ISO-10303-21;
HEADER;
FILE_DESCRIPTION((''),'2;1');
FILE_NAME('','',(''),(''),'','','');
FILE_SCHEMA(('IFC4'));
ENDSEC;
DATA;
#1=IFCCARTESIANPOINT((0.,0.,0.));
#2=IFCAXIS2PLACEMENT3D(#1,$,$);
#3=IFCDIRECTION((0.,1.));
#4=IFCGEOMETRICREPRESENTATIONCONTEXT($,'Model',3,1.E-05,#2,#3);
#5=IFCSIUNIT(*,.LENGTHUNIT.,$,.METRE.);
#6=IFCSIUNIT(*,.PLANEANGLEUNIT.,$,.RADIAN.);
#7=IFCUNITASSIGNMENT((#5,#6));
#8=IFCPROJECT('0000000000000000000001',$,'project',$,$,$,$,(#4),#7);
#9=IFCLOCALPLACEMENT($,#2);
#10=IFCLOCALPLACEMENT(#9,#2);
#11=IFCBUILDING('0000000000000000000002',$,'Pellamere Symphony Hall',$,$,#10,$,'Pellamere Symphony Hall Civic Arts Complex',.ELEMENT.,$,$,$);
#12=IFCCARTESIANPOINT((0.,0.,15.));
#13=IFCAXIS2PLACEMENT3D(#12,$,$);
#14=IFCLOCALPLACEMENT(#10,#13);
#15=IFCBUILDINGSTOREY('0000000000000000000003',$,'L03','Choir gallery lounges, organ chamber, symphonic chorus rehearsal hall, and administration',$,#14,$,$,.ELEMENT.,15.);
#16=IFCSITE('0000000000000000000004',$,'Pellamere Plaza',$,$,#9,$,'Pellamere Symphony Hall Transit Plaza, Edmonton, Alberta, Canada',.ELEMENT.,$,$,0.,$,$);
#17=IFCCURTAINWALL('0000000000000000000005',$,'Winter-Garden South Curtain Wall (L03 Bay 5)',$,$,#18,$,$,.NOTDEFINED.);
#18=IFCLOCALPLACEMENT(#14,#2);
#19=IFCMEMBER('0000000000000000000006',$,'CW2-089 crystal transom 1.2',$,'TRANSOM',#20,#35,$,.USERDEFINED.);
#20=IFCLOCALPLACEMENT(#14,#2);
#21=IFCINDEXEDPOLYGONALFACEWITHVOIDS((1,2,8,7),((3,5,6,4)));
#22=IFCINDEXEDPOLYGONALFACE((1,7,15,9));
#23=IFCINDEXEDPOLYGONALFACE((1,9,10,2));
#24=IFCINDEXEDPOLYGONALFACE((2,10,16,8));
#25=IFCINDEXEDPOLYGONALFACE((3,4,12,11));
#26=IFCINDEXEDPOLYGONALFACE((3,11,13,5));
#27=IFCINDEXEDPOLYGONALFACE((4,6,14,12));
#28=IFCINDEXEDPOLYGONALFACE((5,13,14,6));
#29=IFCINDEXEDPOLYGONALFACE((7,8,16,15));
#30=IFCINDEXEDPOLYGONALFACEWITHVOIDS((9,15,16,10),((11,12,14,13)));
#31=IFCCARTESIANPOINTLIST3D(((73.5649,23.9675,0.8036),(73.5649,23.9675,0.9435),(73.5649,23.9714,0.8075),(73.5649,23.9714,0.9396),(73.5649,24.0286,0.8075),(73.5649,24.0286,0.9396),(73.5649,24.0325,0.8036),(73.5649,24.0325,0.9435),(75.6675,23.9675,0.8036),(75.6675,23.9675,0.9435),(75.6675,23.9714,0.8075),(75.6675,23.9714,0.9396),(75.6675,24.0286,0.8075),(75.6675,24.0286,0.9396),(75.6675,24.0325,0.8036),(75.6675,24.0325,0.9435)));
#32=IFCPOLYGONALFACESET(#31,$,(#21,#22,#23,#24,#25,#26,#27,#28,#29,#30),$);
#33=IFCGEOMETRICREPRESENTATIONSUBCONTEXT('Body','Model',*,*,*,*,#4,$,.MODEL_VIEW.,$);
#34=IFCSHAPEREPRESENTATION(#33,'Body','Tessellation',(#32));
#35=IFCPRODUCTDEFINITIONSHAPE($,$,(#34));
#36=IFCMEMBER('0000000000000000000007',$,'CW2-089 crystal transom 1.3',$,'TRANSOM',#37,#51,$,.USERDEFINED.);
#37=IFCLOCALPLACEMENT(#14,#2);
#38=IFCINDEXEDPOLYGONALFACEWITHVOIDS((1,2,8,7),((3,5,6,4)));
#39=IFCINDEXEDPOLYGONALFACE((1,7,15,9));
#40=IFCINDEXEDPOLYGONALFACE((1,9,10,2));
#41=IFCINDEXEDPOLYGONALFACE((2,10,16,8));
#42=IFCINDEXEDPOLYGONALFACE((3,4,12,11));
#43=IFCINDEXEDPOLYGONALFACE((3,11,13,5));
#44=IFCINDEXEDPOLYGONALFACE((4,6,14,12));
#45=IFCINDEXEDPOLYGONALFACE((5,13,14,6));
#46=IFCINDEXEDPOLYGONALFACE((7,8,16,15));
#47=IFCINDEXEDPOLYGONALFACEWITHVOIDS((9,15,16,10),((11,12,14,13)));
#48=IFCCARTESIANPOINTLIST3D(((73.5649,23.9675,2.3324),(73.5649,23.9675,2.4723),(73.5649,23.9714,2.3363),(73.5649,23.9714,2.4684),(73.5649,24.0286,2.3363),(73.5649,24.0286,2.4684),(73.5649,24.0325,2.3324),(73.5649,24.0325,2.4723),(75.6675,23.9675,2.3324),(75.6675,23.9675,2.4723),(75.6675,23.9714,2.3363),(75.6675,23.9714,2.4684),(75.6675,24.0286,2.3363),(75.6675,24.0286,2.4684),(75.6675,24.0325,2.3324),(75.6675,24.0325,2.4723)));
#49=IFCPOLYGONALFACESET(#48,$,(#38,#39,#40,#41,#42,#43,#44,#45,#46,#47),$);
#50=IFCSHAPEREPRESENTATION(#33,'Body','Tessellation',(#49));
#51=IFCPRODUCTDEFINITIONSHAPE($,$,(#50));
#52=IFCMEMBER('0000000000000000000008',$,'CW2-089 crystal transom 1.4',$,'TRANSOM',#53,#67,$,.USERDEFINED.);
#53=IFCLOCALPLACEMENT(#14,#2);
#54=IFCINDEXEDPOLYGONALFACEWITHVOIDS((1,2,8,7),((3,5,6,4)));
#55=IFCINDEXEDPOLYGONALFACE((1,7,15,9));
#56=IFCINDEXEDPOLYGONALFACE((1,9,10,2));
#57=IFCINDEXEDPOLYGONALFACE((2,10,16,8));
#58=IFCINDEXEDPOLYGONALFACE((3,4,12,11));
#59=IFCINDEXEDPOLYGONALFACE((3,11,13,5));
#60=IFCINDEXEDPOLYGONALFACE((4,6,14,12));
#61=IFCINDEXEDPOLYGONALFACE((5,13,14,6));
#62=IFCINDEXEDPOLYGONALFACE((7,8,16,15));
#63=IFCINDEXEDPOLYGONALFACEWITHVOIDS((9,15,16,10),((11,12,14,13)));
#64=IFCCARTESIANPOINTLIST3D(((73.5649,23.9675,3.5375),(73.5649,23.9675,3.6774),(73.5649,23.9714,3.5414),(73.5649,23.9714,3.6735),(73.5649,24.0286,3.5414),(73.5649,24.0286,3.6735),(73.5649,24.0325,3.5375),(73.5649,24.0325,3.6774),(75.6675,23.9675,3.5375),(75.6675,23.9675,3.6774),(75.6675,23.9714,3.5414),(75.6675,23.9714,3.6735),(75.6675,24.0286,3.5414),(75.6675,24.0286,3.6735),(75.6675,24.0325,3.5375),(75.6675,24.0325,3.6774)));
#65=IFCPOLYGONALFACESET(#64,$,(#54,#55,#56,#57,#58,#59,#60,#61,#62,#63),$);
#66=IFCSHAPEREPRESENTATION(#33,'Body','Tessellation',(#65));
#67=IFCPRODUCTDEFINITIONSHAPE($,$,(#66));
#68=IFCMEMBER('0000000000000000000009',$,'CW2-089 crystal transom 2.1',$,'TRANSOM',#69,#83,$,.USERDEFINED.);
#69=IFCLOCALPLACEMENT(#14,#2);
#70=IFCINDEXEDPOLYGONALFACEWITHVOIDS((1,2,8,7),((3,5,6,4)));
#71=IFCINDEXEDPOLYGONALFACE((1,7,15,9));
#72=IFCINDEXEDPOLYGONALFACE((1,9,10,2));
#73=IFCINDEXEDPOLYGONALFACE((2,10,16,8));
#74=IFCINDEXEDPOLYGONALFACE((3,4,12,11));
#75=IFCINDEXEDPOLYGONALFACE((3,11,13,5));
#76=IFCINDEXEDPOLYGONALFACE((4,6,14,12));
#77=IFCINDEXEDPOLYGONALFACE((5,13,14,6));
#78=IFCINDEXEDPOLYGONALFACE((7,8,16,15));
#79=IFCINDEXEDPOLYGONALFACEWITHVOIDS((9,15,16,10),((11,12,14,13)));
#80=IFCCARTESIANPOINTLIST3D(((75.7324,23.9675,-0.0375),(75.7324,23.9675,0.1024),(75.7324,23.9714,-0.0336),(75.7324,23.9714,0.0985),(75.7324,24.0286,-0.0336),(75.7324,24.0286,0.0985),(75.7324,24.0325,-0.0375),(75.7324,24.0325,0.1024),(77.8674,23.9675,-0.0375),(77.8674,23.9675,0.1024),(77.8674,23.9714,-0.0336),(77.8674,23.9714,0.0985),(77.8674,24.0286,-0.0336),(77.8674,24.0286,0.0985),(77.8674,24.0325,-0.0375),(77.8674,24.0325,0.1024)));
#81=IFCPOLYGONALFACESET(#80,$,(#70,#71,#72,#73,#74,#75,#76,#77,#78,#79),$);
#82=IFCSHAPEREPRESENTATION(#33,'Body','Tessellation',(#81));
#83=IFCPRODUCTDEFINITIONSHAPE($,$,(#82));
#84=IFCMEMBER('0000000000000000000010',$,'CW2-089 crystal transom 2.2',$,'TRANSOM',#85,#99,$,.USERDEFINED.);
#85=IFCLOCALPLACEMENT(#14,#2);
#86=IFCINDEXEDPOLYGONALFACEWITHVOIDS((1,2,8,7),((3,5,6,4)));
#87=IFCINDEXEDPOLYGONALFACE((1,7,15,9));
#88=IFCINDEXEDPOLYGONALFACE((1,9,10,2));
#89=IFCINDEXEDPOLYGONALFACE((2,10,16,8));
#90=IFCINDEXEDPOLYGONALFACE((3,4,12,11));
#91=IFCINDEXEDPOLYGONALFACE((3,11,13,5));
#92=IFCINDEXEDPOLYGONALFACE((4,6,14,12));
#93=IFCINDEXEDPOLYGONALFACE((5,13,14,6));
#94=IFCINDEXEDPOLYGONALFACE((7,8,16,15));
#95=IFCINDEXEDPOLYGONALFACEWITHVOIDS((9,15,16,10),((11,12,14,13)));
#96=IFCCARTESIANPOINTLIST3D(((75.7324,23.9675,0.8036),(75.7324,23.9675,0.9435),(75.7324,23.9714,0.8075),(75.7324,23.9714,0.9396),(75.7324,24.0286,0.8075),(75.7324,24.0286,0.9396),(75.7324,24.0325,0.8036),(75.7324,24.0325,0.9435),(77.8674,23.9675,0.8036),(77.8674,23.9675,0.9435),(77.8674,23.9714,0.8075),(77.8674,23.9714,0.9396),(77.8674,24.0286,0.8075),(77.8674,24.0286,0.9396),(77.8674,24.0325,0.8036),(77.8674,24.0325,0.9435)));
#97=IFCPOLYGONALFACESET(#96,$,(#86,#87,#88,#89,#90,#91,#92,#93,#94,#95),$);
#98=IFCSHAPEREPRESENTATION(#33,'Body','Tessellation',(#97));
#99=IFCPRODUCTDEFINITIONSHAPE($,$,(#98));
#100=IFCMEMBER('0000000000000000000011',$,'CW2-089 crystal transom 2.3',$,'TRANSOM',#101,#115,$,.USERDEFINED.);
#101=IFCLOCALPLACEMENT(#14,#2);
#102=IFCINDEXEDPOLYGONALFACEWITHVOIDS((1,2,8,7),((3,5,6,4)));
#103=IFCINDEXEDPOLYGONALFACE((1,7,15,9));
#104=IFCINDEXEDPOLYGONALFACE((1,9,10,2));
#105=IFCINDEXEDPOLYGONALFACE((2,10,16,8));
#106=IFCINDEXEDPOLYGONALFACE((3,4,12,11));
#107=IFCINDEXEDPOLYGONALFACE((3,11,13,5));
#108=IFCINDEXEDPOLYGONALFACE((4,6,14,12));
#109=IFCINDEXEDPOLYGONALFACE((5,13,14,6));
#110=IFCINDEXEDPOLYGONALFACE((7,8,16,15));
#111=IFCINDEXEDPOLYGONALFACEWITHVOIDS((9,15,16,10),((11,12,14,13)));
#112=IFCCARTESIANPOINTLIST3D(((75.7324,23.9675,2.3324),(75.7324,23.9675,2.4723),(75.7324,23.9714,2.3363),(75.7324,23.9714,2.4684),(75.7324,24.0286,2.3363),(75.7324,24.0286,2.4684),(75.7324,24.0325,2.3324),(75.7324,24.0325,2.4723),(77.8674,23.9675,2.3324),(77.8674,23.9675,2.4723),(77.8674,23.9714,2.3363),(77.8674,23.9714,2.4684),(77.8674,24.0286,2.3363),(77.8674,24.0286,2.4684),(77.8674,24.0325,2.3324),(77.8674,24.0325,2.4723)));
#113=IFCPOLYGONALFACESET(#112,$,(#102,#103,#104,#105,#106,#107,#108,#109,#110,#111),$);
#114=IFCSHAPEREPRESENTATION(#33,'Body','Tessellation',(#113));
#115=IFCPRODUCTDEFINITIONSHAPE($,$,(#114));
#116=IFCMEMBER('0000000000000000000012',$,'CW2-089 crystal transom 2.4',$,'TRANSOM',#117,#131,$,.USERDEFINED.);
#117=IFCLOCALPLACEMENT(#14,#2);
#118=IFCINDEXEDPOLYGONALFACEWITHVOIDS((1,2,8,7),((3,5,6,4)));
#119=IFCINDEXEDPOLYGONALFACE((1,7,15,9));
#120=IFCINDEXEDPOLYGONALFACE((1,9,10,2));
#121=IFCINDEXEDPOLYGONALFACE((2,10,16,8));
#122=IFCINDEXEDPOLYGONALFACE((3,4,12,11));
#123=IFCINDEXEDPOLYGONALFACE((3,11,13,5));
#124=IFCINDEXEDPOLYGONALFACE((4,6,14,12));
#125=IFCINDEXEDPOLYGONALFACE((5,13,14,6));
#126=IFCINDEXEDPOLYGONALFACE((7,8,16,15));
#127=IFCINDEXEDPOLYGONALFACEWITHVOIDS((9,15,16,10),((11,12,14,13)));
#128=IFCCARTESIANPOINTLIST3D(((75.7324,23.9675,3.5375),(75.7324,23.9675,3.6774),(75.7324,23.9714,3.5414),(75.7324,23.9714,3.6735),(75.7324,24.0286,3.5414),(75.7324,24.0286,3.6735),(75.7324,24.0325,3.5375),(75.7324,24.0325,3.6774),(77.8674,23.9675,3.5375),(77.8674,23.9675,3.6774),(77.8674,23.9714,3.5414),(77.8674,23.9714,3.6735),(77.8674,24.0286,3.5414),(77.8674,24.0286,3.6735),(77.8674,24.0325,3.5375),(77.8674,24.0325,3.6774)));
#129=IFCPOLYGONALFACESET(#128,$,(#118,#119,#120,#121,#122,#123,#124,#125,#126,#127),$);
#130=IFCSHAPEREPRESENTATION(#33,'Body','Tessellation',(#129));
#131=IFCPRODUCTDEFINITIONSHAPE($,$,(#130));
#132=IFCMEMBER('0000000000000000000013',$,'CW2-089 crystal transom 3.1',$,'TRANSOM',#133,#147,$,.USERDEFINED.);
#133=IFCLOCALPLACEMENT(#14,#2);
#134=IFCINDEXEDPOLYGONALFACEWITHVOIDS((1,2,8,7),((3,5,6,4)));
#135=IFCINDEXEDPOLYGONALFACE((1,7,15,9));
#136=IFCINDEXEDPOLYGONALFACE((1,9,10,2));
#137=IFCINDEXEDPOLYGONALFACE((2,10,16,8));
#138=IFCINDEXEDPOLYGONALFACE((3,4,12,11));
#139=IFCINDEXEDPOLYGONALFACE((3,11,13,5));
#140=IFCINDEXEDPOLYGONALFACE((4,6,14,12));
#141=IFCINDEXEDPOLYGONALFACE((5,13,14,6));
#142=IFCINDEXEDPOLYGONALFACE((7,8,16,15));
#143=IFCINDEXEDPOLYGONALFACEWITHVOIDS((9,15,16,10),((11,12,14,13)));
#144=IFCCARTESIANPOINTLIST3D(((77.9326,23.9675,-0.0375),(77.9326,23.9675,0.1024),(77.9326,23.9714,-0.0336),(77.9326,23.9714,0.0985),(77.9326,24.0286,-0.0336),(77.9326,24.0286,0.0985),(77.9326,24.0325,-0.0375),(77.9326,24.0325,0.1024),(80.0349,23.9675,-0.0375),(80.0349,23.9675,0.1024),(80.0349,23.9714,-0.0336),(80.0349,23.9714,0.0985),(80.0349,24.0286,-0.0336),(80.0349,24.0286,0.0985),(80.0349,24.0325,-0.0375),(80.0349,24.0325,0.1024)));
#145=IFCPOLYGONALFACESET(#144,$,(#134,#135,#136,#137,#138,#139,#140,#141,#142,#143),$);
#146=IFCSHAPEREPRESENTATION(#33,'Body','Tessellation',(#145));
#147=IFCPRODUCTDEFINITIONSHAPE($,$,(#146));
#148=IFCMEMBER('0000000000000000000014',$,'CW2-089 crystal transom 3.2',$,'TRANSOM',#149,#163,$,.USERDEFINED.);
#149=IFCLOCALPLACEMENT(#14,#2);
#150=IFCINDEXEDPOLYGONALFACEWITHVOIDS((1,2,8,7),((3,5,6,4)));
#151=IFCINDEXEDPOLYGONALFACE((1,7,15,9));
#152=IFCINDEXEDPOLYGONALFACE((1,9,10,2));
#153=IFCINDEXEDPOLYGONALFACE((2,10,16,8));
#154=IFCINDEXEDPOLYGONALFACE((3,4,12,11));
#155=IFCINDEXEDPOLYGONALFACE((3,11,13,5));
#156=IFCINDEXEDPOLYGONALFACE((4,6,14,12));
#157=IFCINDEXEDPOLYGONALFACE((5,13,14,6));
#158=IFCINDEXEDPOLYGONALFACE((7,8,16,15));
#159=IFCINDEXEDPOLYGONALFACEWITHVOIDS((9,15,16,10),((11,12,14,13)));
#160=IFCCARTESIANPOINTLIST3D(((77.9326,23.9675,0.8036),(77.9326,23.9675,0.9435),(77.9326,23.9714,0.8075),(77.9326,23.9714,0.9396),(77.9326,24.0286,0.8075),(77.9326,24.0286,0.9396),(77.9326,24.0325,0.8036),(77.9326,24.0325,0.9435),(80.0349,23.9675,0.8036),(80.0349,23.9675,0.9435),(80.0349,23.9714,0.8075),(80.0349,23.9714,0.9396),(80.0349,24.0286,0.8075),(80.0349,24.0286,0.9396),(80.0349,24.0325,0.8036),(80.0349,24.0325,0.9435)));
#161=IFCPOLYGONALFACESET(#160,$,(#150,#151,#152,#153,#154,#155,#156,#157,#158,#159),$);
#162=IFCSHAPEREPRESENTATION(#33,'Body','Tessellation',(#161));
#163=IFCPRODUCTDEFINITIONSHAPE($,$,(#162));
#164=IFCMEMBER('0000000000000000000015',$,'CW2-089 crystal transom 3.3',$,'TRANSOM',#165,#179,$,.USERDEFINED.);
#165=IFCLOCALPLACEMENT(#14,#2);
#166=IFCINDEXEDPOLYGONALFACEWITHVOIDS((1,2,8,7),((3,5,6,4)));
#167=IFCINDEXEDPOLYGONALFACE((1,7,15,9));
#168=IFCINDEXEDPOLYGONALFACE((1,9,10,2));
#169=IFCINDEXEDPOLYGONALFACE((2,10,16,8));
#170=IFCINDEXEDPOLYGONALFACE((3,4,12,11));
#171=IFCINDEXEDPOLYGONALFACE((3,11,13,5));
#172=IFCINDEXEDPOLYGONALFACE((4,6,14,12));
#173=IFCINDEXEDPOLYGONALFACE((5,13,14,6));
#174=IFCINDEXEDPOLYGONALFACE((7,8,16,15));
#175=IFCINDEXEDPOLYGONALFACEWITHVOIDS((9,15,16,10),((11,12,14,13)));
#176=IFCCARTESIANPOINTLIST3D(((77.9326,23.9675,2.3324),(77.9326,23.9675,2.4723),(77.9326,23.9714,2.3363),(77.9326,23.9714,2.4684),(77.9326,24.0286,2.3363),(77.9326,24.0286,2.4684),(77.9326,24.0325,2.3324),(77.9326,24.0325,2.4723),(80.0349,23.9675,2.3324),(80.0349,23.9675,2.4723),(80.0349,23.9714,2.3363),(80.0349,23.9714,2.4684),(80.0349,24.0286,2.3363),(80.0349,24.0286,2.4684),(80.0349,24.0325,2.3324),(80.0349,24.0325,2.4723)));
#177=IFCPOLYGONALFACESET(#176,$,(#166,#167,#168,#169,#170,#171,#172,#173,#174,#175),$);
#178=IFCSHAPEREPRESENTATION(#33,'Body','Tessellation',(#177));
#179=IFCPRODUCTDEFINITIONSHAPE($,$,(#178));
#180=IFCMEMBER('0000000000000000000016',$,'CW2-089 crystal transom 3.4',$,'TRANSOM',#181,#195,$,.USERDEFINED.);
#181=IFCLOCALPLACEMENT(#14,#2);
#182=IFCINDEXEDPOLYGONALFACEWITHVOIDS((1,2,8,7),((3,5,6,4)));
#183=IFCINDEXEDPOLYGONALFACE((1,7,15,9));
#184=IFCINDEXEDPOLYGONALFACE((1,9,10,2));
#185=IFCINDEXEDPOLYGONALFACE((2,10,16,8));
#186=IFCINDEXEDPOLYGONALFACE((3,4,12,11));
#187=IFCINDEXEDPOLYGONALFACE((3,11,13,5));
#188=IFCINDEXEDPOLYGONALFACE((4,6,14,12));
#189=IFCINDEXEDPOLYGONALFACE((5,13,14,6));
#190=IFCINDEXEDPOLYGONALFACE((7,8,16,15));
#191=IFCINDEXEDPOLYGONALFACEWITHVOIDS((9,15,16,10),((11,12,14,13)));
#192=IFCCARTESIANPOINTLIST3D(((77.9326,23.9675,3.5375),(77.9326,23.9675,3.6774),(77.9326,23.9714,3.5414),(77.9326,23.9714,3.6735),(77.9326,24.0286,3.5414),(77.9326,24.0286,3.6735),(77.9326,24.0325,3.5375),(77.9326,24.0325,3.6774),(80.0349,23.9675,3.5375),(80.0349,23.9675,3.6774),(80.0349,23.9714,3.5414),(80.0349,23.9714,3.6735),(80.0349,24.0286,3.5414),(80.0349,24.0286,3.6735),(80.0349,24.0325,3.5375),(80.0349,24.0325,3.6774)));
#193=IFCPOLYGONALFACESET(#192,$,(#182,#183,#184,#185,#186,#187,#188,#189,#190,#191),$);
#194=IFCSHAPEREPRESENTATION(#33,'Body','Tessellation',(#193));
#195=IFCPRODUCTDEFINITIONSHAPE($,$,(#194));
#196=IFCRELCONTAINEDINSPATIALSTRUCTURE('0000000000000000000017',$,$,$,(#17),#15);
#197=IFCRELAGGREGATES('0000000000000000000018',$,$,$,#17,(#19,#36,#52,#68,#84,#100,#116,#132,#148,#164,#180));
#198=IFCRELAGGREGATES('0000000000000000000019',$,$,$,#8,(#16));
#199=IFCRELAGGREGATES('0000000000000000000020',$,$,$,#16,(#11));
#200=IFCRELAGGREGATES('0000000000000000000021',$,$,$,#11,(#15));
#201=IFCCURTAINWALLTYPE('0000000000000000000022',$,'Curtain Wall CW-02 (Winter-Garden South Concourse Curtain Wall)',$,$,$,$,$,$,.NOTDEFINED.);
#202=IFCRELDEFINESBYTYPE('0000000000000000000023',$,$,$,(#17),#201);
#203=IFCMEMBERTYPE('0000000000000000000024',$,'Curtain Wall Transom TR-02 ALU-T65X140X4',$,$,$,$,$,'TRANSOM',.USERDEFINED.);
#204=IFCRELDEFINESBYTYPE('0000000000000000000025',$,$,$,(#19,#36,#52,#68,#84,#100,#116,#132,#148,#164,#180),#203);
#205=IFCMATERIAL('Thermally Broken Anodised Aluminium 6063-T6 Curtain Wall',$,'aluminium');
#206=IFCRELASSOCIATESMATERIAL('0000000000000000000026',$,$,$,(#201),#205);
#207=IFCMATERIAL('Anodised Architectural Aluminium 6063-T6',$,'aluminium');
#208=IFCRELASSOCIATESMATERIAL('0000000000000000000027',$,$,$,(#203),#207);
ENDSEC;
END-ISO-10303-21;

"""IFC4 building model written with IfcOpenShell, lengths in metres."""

from ifc_helpers import new_model, si_unit, direction, frame, origin, origin_2d, place, context, subcontext, project, spatial, hollow_rectangle, extrude, material, material_profile, profile_set, type_object, element, aggregate, save


model = new_model("IFC4")

# Units and contexts
model_context = context("Model", 3, precision=1e-05, world=origin(), true_north=direction((0.0, 1.0)))
body_context = subcontext(model_context, "Body", "Model", "MODEL_VIEW")
ifc_project = project(units=[si_unit("LENGTHUNIT", "METRE"), si_unit("PLANEANGLEUNIT", "RADIAN")], contexts=[model_context])

# Site, building, storey
site_placement = place(None, origin())
site = spatial("IfcSite", under=ifc_project, at=site_placement, Name="Pellamere Plaza", LongName="Pellamere Symphony Hall Transit Plaza, Edmonton, Alberta, Canada", CompositionType="ELEMENT", RefElevation=0.0)
building_placement = place(site_placement, origin())
building = spatial("IfcBuilding", under=site, at=building_placement, Name="Pellamere Symphony Hall", LongName="Pellamere Symphony Hall Civic Arts Complex", CompositionType="ELEMENT")
storey_placement = place(building_placement, frame((0.0, 0.0, 15.0)))
storey = spatial("IfcBuildingStorey", under=building, at=storey_placement, Name="L03", Description="Choir gallery lounges, organ chamber, symphonic chorus rehearsal hall, and administration", CompositionType="ELEMENT", Elevation=15.0)

# Curtain wall
ifc_material_1 = material(Name="Thermally Broken Anodised Aluminium 6063-T6 Curtain Wall", Category="aluminium")
curtain_wall_type = type_object("IfcCurtainWallType", Name="Curtain Wall CW-02 (Winter-Garden South Concourse Curtain Wall)", PredefinedType="NOTDEFINED", material=ifc_material_1)
curtain_wall_1_placement = place(storey_placement, origin())
curtain_wall_1 = element("IfcCurtainWall", 1, at=curtain_wall_1_placement, inside=storey, type_object=curtain_wall_type, Name="Winter-Garden South Curtain Wall (L03 Bay 5)", PredefinedType="NOTDEFINED")
ifc_material_2 = material(Name="Anodised Architectural Aluminium 6063-T6", Category="aluminium")

# Members
ifc_material_profile_1 = material_profile(ifc_material_2, hollow_rectangle(XDim=0.0649, YDim=0.1399, WallThickness=0.0039, at=origin_2d()), Name="ALU-T65X140X4")
ifc_profile_set_1 = profile_set([ifc_material_profile_1], Name="Anodised Architectural Aluminium 6063-T6")
member_type_1 = type_object("IfcMemberType", Name="Curtain Wall Transom TR-02 ALU-T65X140X4", ElementType="TRANSOM", PredefinedType="USERDEFINED", material=ifc_profile_set_1)
member_1_placement = place(storey_placement, frame((73.5649, 24.0, 0.8735), z_axis=(1.0, 0.0, 0.0), x_axis=(0.0, 1.0, 0.0)))
member_1 = element("IfcMember", 2, at=member_1_placement, type_object=member_type_1, Name="CW2-089 crystal transom 1.2", ObjectType="TRANSOM", PredefinedType="USERDEFINED", context=body_context, shape_type="SweptSolid", body=[
    extrude(hollow_rectangle(XDim=0.0649, YDim=0.1399, WallThickness=0.0039, at=origin_2d()), origin(), (0.0, 0.0, 1.0), 2.1025),
])
member_2_placement = place(storey_placement, frame((73.5649, 24.0, 2.4023), z_axis=(1.0, 0.0, 0.0), x_axis=(0.0, 1.0, 0.0)))
member_2 = element("IfcMember", 3, at=member_2_placement, type_object=member_type_1, Name="CW2-089 crystal transom 1.3", ObjectType="TRANSOM", PredefinedType="USERDEFINED", context=body_context, shape_type="SweptSolid", body=[
    extrude(hollow_rectangle(XDim=0.0649, YDim=0.1399, WallThickness=0.0039, at=origin_2d()), origin(), (0.0, 0.0, 1.0), 2.1025),
])
member_3_placement = place(storey_placement, frame((73.5649, 24.0, 3.6074), z_axis=(1.0, 0.0, 0.0), x_axis=(0.0, 1.0, 0.0)))
member_3 = element("IfcMember", 4, at=member_3_placement, type_object=member_type_1, Name="CW2-089 crystal transom 1.4", ObjectType="TRANSOM", PredefinedType="USERDEFINED", context=body_context, shape_type="SweptSolid", body=[
    extrude(hollow_rectangle(XDim=0.0649, YDim=0.1399, WallThickness=0.0039, at=origin_2d()), origin(), (0.0, 0.0, 1.0), 2.1025),
])
member_4_placement = place(storey_placement, frame((75.7324, 24.0, 0.0325), z_axis=(1.0, 0.0, 0.0), x_axis=(0.0, 1.0, 0.0)))
member_4 = element("IfcMember", 5, at=member_4_placement, type_object=member_type_1, Name="CW2-089 crystal transom 2.1", ObjectType="TRANSOM", PredefinedType="USERDEFINED", context=body_context, shape_type="SweptSolid", body=[
    extrude(hollow_rectangle(XDim=0.0649, YDim=0.1399, WallThickness=0.0039, at=origin_2d()), origin(), (0.0, 0.0, 1.0), 2.135),
])
member_5_placement = place(storey_placement, frame((75.7324, 24.0, 0.8735), z_axis=(1.0, 0.0, 0.0), x_axis=(0.0, 1.0, 0.0)))
member_5 = element("IfcMember", 6, at=member_5_placement, type_object=member_type_1, Name="CW2-089 crystal transom 2.2", ObjectType="TRANSOM", PredefinedType="USERDEFINED", context=body_context, shape_type="SweptSolid", body=[
    extrude(hollow_rectangle(XDim=0.0649, YDim=0.1399, WallThickness=0.0039, at=origin_2d()), origin(), (0.0, 0.0, 1.0), 2.135),
])
member_6_placement = place(storey_placement, frame((75.7324, 24.0, 2.4023), z_axis=(1.0, 0.0, 0.0), x_axis=(0.0, 1.0, 0.0)))
member_6 = element("IfcMember", 7, at=member_6_placement, type_object=member_type_1, Name="CW2-089 crystal transom 2.3", ObjectType="TRANSOM", PredefinedType="USERDEFINED", context=body_context, shape_type="SweptSolid", body=[
    extrude(hollow_rectangle(XDim=0.0649, YDim=0.1399, WallThickness=0.0039, at=origin_2d()), origin(), (0.0, 0.0, 1.0), 2.135),
])
member_7_placement = place(storey_placement, frame((75.7324, 24.0, 3.6074), z_axis=(1.0, 0.0, 0.0), x_axis=(0.0, 1.0, 0.0)))
member_7 = element("IfcMember", 8, at=member_7_placement, type_object=member_type_1, Name="CW2-089 crystal transom 2.4", ObjectType="TRANSOM", PredefinedType="USERDEFINED", context=body_context, shape_type="SweptSolid", body=[
    extrude(hollow_rectangle(XDim=0.0649, YDim=0.1399, WallThickness=0.0039, at=origin_2d()), origin(), (0.0, 0.0, 1.0), 2.135),
])
member_8_placement = place(storey_placement, frame((77.9326, 24.0, 0.0325), z_axis=(1.0, 0.0, 0.0), x_axis=(0.0, 1.0, 0.0)))
member_8 = element("IfcMember", 9, at=member_8_placement, type_object=member_type_1, Name="CW2-089 crystal transom 3.1", ObjectType="TRANSOM", PredefinedType="USERDEFINED", context=body_context, shape_type="SweptSolid", body=[
    extrude(hollow_rectangle(XDim=0.0649, YDim=0.1399, WallThickness=0.0039, at=origin_2d()), origin(), (0.0, 0.0, 1.0), 2.1023),
])
member_9_placement = place(storey_placement, frame((77.9326, 24.0, 0.8735), z_axis=(1.0, 0.0, 0.0), x_axis=(0.0, 1.0, 0.0)))
member_9 = element("IfcMember", 10, at=member_9_placement, type_object=member_type_1, Name="CW2-089 crystal transom 3.2", ObjectType="TRANSOM", PredefinedType="USERDEFINED", context=body_context, shape_type="SweptSolid", body=[
    extrude(hollow_rectangle(XDim=0.0649, YDim=0.1399, WallThickness=0.0039, at=origin_2d()), origin(), (0.0, 0.0, 1.0), 2.1023),
])
member_10_placement = place(storey_placement, frame((77.9326, 24.0, 2.4023), z_axis=(1.0, 0.0, 0.0), x_axis=(0.0, 1.0, 0.0)))
member_10 = element("IfcMember", 11, at=member_10_placement, type_object=member_type_1, Name="CW2-089 crystal transom 3.3", ObjectType="TRANSOM", PredefinedType="USERDEFINED", context=body_context, shape_type="SweptSolid", body=[
    extrude(hollow_rectangle(XDim=0.0649, YDim=0.1399, WallThickness=0.0039, at=origin_2d()), origin(), (0.0, 0.0, 1.0), 2.1023),
])
member_11_placement = place(storey_placement, frame((77.9326, 24.0, 3.6074), z_axis=(1.0, 0.0, 0.0), x_axis=(0.0, 1.0, 0.0)))
member_11 = element("IfcMember", 12, at=member_11_placement, type_object=member_type_1, Name="CW2-089 crystal transom 3.4", ObjectType="TRANSOM", PredefinedType="USERDEFINED", context=body_context, shape_type="SweptSolid", body=[
    extrude(hollow_rectangle(XDim=0.0649, YDim=0.1399, WallThickness=0.0039, at=origin_2d()), origin(), (0.0, 0.0, 1.0), 2.1023),
])

aggregate(curtain_wall_1, [member_1, member_2, member_3, member_4, member_5, member_6, member_7, member_8, member_9, member_10, member_11])

save(model, "model.ifc")
